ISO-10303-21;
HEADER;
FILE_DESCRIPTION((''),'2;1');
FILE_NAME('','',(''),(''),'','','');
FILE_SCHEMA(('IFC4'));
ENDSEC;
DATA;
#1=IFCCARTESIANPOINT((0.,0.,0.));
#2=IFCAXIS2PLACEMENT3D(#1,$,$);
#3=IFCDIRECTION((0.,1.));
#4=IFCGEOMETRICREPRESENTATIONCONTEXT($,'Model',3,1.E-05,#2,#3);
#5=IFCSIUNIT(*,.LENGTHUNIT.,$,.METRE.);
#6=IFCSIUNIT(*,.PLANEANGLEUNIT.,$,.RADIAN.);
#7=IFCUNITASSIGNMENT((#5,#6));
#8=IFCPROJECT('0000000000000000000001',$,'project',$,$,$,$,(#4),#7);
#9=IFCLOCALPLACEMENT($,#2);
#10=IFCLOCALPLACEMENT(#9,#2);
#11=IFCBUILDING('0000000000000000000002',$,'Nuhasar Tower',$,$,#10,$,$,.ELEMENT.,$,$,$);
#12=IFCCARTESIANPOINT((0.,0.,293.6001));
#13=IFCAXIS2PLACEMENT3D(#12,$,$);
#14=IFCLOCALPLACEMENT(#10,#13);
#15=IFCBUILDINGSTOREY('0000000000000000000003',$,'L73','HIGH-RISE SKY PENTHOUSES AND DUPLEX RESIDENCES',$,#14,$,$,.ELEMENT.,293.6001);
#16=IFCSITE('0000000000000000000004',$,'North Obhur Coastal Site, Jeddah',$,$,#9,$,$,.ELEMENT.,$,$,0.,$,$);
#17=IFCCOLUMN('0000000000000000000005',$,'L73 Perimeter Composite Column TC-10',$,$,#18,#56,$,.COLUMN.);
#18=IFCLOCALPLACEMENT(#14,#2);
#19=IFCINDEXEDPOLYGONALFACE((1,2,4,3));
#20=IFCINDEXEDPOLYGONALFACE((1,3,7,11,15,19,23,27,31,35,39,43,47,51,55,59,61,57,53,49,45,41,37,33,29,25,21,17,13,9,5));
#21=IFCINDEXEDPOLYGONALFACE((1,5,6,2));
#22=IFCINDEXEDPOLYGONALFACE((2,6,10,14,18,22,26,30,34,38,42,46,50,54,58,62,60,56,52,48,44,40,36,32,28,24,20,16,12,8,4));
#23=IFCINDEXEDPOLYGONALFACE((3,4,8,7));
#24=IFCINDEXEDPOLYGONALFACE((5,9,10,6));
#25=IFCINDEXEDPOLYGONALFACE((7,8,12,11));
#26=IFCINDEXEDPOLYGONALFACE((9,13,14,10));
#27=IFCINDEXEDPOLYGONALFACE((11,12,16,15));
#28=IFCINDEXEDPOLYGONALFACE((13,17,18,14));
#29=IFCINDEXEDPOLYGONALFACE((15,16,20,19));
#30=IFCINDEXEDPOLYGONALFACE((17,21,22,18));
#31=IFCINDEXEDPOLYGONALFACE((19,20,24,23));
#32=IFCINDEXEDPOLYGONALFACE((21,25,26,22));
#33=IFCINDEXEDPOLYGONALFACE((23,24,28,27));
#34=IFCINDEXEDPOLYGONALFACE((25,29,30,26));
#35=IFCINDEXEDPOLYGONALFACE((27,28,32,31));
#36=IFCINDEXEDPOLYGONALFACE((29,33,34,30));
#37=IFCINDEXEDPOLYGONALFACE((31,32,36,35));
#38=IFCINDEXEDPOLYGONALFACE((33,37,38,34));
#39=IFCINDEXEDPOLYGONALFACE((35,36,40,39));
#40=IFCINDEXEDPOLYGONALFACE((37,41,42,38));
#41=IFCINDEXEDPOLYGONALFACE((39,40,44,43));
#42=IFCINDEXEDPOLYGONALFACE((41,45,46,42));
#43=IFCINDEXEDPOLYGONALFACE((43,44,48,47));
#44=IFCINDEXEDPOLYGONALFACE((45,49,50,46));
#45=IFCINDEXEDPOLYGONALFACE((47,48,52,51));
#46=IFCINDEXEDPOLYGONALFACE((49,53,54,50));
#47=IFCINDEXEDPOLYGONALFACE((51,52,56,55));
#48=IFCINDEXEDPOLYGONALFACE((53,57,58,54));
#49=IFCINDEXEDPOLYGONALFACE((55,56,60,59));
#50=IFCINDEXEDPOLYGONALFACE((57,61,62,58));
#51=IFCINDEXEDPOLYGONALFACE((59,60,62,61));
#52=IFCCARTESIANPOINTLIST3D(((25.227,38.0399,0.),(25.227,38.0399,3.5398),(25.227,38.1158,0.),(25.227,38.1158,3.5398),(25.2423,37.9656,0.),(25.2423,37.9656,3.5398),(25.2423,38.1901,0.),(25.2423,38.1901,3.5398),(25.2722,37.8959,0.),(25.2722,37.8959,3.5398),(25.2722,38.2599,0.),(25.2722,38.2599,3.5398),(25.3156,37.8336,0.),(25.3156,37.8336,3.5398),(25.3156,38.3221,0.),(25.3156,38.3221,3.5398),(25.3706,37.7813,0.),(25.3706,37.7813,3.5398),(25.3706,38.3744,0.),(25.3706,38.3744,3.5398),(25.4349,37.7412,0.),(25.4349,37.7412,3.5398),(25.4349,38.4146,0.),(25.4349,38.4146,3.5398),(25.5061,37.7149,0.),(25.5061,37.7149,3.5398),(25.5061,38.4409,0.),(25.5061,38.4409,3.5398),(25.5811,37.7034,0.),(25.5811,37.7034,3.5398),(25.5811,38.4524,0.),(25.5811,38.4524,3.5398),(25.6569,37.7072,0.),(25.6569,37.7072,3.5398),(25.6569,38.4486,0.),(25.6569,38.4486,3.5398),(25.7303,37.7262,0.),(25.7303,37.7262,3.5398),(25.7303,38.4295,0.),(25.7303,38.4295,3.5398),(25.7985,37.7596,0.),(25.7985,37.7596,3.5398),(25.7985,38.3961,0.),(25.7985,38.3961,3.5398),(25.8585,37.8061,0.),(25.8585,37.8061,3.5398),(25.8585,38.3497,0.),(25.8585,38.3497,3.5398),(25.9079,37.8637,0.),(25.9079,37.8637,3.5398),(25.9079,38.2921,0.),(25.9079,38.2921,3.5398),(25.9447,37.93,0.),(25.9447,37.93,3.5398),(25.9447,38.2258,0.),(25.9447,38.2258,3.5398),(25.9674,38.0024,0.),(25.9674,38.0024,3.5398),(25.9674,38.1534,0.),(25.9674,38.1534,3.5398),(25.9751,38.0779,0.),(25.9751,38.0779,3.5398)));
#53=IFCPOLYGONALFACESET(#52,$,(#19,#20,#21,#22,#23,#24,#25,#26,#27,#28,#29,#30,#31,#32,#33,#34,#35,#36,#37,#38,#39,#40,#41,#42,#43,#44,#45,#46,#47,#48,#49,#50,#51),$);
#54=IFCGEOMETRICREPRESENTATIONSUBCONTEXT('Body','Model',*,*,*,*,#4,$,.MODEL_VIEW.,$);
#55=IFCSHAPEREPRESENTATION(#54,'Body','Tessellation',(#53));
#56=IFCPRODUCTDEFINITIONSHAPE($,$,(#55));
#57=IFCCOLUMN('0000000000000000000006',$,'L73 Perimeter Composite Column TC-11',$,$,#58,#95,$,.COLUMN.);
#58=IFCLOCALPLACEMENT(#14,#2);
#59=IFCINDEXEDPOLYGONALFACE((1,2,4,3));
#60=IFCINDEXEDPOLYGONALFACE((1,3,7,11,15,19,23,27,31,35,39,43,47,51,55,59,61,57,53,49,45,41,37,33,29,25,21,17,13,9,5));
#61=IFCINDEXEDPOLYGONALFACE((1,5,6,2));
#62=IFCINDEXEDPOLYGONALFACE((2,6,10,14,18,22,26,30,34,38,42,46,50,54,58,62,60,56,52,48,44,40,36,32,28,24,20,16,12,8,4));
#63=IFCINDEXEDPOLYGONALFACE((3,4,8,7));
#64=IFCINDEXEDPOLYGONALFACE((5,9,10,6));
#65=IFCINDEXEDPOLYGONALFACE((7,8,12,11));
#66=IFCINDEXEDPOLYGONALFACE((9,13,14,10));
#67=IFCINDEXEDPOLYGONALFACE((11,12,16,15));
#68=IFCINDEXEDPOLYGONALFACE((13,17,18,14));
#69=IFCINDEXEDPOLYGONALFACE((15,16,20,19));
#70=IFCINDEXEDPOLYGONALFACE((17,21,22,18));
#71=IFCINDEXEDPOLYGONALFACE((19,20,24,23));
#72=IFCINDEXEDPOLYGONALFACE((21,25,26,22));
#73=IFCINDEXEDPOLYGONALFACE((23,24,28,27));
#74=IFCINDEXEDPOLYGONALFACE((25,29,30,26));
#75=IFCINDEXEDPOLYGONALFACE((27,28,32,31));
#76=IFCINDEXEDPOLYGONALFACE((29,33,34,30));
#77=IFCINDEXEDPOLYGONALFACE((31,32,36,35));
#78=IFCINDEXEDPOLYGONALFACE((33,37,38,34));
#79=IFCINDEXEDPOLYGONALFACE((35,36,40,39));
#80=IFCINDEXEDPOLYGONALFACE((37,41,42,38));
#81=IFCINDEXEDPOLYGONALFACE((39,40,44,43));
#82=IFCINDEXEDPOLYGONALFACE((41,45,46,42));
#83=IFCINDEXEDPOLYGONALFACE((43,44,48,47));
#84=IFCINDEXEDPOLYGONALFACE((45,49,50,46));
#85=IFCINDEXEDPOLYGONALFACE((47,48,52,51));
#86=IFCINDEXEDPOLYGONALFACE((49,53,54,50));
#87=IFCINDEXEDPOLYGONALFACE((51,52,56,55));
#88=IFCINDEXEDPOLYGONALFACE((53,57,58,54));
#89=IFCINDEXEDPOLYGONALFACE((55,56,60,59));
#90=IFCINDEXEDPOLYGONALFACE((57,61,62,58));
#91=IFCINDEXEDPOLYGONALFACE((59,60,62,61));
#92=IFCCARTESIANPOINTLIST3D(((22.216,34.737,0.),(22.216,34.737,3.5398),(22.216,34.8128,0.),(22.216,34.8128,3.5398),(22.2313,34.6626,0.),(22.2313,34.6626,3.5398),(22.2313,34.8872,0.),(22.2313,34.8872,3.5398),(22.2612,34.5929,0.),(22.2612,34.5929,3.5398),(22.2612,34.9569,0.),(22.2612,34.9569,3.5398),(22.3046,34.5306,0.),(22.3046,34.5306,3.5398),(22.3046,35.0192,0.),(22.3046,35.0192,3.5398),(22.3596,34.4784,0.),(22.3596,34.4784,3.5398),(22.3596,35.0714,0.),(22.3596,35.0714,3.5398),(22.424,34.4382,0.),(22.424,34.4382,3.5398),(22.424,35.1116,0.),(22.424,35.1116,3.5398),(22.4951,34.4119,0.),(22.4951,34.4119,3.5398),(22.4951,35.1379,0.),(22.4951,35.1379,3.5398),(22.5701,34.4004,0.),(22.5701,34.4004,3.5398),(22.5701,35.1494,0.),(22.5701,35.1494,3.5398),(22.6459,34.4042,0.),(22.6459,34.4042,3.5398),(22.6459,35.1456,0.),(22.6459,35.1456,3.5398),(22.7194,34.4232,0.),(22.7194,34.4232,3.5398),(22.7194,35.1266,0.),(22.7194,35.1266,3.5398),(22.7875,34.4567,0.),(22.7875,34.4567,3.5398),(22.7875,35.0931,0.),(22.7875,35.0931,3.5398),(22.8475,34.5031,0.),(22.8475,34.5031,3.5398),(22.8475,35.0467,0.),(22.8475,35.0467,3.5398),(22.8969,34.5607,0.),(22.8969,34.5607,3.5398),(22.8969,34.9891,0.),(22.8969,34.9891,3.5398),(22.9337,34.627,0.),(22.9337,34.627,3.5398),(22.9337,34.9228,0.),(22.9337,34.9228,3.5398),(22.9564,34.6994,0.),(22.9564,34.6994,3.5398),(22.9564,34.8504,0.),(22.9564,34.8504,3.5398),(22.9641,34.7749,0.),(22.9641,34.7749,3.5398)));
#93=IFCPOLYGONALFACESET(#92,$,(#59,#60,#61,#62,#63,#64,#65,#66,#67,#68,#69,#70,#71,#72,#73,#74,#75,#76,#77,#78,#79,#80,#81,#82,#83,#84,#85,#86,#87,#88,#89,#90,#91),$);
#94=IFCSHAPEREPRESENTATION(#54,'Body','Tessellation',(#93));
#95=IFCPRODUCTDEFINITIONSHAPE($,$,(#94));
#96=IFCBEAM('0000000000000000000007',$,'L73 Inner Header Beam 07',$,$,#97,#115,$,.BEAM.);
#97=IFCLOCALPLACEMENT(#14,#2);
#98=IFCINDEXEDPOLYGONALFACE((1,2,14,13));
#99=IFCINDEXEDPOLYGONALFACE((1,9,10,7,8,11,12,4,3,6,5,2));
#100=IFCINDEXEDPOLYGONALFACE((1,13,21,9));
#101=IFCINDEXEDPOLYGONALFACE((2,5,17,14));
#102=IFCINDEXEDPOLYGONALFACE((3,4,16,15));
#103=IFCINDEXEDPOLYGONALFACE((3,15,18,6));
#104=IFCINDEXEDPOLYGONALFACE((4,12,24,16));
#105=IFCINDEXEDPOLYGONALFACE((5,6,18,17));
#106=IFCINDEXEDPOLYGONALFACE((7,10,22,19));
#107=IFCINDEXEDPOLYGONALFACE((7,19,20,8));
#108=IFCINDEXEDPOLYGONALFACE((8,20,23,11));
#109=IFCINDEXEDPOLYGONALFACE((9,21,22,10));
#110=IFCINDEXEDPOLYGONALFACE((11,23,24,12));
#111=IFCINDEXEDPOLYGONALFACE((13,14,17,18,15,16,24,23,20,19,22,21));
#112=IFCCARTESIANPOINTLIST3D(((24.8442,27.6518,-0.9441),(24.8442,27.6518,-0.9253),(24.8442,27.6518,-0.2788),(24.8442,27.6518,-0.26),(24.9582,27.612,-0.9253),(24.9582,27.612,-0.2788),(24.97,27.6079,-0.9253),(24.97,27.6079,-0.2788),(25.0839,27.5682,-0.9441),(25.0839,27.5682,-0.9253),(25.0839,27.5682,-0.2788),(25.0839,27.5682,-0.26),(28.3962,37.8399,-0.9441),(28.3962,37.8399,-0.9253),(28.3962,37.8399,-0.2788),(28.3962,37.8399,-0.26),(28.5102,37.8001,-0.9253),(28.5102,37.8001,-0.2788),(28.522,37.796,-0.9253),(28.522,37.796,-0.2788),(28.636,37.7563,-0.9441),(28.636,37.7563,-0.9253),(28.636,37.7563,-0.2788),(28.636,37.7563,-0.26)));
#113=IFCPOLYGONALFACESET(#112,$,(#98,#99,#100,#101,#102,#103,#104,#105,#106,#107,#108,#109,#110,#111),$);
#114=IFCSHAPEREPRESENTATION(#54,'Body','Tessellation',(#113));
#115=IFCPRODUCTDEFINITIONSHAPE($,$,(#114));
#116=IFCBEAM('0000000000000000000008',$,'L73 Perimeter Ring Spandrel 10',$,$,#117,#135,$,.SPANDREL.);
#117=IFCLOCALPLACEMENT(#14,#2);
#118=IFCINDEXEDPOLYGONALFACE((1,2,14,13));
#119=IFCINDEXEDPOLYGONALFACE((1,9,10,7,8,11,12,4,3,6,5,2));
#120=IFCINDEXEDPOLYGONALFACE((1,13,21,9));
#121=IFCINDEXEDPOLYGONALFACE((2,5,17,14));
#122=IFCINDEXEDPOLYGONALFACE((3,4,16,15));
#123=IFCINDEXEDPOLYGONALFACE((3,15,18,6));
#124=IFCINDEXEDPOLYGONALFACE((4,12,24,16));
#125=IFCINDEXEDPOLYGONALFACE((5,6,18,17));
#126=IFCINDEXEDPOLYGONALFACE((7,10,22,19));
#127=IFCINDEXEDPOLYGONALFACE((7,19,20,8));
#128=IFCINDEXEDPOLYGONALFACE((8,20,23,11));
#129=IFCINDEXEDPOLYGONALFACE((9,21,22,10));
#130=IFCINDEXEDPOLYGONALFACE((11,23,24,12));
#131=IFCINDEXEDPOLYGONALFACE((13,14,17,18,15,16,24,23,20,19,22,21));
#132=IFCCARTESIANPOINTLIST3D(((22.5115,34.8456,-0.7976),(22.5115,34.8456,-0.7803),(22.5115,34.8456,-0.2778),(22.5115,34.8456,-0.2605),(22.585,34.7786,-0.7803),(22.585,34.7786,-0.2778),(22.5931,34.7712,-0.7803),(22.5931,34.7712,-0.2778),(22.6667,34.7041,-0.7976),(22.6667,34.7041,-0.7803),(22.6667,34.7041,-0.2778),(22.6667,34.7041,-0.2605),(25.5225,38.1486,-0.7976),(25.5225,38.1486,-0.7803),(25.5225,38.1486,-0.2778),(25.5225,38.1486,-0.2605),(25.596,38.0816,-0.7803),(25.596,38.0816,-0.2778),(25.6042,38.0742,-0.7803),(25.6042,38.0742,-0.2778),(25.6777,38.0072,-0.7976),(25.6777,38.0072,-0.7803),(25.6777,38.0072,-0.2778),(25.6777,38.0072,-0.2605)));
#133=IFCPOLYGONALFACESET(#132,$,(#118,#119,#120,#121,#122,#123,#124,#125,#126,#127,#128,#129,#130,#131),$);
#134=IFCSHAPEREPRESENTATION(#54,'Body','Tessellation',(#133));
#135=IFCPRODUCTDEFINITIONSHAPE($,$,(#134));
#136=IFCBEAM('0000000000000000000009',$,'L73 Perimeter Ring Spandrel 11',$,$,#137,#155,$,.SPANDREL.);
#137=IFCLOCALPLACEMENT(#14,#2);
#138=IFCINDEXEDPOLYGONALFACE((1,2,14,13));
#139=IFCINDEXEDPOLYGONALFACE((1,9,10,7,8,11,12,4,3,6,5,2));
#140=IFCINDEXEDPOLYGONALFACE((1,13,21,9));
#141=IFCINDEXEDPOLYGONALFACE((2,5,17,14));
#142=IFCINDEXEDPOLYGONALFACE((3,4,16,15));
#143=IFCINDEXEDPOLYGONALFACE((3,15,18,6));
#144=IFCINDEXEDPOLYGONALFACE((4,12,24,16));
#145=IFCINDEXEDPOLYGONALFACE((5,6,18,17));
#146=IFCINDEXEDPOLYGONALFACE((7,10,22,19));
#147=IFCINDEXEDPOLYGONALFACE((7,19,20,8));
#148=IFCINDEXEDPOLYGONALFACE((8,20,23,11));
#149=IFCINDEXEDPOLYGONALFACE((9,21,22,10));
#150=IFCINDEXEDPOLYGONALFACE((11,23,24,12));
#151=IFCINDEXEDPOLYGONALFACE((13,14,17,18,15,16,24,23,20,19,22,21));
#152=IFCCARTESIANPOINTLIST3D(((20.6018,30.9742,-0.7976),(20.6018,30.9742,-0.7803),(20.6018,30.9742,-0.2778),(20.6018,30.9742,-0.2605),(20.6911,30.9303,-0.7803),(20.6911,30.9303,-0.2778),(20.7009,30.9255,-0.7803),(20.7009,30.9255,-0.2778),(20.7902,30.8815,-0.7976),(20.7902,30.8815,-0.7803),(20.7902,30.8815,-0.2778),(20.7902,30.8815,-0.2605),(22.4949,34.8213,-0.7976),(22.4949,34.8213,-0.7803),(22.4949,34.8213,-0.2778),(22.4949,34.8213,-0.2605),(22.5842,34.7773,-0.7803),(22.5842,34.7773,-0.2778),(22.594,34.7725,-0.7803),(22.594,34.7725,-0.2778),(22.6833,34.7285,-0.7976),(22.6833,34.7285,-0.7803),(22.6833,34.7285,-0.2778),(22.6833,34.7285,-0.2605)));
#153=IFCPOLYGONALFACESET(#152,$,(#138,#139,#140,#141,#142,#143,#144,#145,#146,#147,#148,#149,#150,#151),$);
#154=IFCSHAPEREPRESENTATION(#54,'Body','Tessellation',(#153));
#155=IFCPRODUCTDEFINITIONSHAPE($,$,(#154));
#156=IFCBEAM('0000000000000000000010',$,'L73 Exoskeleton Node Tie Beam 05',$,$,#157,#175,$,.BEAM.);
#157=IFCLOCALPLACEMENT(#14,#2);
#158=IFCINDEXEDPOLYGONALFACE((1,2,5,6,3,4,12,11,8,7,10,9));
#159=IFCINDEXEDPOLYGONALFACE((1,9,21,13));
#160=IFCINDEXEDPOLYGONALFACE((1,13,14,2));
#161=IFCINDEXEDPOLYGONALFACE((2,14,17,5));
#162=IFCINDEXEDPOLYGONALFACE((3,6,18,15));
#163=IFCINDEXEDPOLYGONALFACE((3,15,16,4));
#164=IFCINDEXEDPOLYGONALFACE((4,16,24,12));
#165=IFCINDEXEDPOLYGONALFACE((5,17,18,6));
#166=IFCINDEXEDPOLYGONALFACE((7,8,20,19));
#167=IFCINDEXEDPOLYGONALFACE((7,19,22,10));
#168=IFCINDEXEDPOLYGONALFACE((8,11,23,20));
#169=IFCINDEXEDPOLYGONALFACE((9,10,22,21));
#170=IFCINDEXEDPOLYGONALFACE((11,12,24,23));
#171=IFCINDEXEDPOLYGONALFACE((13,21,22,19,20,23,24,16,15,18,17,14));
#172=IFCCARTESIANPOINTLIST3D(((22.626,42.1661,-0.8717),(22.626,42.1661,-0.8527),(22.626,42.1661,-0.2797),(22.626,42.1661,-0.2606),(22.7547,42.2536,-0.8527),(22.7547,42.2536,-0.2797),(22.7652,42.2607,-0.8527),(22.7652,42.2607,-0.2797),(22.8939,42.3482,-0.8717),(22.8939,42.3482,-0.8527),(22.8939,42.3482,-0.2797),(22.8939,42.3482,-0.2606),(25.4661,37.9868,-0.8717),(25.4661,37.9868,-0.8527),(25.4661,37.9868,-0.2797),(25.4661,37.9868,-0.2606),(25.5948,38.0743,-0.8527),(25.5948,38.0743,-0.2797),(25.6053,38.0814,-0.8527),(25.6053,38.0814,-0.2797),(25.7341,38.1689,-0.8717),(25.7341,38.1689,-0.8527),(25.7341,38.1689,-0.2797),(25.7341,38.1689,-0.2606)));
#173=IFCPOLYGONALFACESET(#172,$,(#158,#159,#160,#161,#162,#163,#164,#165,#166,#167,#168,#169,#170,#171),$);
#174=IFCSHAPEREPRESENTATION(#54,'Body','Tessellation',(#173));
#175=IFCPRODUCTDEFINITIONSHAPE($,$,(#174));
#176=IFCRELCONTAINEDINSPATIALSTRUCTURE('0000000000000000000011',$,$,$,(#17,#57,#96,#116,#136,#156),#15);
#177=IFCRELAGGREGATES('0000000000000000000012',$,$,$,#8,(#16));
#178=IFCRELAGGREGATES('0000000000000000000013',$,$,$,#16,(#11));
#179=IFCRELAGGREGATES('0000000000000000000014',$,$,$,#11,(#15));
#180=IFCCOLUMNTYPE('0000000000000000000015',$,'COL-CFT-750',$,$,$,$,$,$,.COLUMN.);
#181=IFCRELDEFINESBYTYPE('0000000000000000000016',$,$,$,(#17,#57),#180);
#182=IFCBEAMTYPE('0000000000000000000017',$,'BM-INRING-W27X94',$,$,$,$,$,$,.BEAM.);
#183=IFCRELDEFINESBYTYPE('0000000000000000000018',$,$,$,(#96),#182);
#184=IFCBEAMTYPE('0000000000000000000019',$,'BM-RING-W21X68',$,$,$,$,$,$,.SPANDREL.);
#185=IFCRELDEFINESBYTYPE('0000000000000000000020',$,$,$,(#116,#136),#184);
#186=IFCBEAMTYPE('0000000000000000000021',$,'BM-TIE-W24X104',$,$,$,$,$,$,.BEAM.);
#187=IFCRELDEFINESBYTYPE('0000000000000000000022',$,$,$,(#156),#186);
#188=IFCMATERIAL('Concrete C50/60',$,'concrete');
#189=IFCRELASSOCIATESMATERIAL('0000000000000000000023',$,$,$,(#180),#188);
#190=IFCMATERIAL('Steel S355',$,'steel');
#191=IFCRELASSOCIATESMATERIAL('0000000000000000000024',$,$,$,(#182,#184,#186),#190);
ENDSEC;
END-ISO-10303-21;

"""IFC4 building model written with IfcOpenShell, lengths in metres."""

from ifc_helpers import new_model, si_unit, direction, frame, origin, origin_2d, place, context, subcontext, project, spatial, circle, i_section, extrude, material, material_profile, profile_set, type_object, element, save


model = new_model("IFC4")

# Units and contexts
model_context = context("Model", 3, precision=1e-05, world=origin(), true_north=direction((0.0, 1.0)))
body_context = subcontext(model_context, "Body", "Model", "MODEL_VIEW")
ifc_project = project(units=[si_unit("LENGTHUNIT", "METRE"), si_unit("PLANEANGLEUNIT", "RADIAN")], contexts=[model_context])

# Site, building, storey
site_placement = place(None, origin())
site = spatial("IfcSite", under=ifc_project, at=site_placement, Name="North Obhur Coastal Site, Jeddah", CompositionType="ELEMENT", RefElevation=0.0)
building_placement = place(site_placement, origin())
building = spatial("IfcBuilding", under=site, at=building_placement, Name="Nuhasar Tower", CompositionType="ELEMENT")
storey_placement = place(building_placement, frame((0.0, 0.0, 293.6001)))
storey = spatial("IfcBuildingStorey", under=building, at=storey_placement, Name="L73", Description="HIGH-RISE SKY PENTHOUSES AND DUPLEX RESIDENCES", CompositionType="ELEMENT", Elevation=293.6001)

# Columns
ifc_material_1 = material(Name="Concrete C50/60", Category="concrete")
ifc_material_profile_1 = material_profile(ifc_material_1, circle(Radius=0.375, at=origin_2d()), Name="CFT750")
ifc_profile_set_1 = profile_set([ifc_material_profile_1], Name="Concrete C50/60")
column_type = type_object("IfcColumnType", Name="COL-CFT-750", PredefinedType="COLUMN", material=ifc_profile_set_1)
for number, where, z_axis, x_axis, name in (
    (1, (25.6001, 38.0779, 0.0), (0.0, 0.0, 1.0), (1.0, 0.0, 0.0), "L73 Perimeter Composite Column TC-10"),
    (2, (22.5891, 34.7749, 0.0), (0.0, 0.0, 1.0), (1.0, 0.0, 0.0), "L73 Perimeter Composite Column TC-11"),
):
    element("IfcColumn", number, at=place(storey_placement, frame(where, z_axis=z_axis, x_axis=x_axis)), inside=storey, type_object=column_type, Name=name, PredefinedType="COLUMN", context=body_context, shape_type="SweptSolid", body=[
        extrude(circle(Radius=0.375, at=origin_2d()), origin(), (0.0, 0.0, 1.0), 3.5398),
    ])

# Beams
ifc_material_2 = material(Name="Steel S355", Category="steel")
ifc_material_profile_2 = material_profile(ifc_material_2, i_section(OverallWidth=0.2539, OverallDepth=0.6841, WebThickness=0.0125, FlangeThickness=0.0188, at=origin_2d()), Name="W27X94")
ifc_profile_set_2 = profile_set([ifc_material_profile_2], Name="Steel S355")
beam_type_1 = type_object("IfcBeamType", Name="BM-INRING-W27X94", PredefinedType="BEAM", material=ifc_profile_set_2)
beam_1_placement = place(storey_placement, frame((28.5161, 37.7981, -0.6021), z_axis=(-0.329211, -0.944256, 0.0), x_axis=(0.944256, -0.329211, 0.0)))
element("IfcBeam", 3, at=beam_1_placement, inside=storey, type_object=beam_type_1, Name="L73 Inner Header Beam 07", PredefinedType="BEAM", context=body_context, shape_type="SweptSolid", body=[
    extrude(i_section(OverallWidth=0.2539, OverallDepth=0.6841, WebThickness=0.0125, FlangeThickness=0.0188, at=origin_2d()), origin(), (0.0, 0.0, 1.0), 10.7896),
])
ifc_material_profile_3 = material_profile(ifc_material_2, i_section(OverallWidth=0.21, OverallDepth=0.5371, WebThickness=0.011, FlangeThickness=0.0173, at=origin_2d()), Name="W21X68")
ifc_profile_set_3 = profile_set([ifc_material_profile_3], Name="Steel S355")
beam_type_2 = type_object("IfcBeamType", Name="BM-RING-W21X68", PredefinedType="SPANDREL", material=ifc_profile_set_3)
beam_2_placement = place(storey_placement, frame((25.6001, 38.0779, -0.5291), z_axis=(-0.673686, -0.739017, 0.0), x_axis=(0.739017, -0.673686, 0.0)))
element("IfcBeam", 4, at=beam_2_placement, inside=storey, type_object=beam_type_2, Name="L73 Perimeter Ring Spandrel 10", PredefinedType="SPANDREL", context=body_context, shape_type="SweptSolid", body=[
    extrude(i_section(OverallWidth=0.21, OverallDepth=0.5371, WebThickness=0.011, FlangeThickness=0.0173, at=origin_2d()), origin(), (0.0, 0.0, 1.0), 4.4695),
])
beam_3_placement = place(storey_placement, frame((22.5891, 34.7749, -0.5291), z_axis=(-0.441533, -0.897245, 0.0), x_axis=(0.897245, -0.441533, 0.0)))
element("IfcBeam", 5, at=beam_3_placement, inside=storey, type_object=beam_type_2, Name="L73 Perimeter Ring Spandrel 11", PredefinedType="SPANDREL", context=body_context, shape_type="SweptSolid", body=[
    extrude(i_section(OverallWidth=0.21, OverallDepth=0.5371, WebThickness=0.011, FlangeThickness=0.0173, at=origin_2d()), origin(), (0.0, 0.0, 1.0), 4.2876),
])
ifc_material_profile_4 = material_profile(ifc_material_2, i_section(OverallWidth=0.324, OverallDepth=0.6111, WebThickness=0.0127, FlangeThickness=0.019, at=origin_2d()), Name="W24X104")
ifc_profile_set_4 = profile_set([ifc_material_profile_4], Name="Steel S355")
beam_type_3 = type_object("IfcBeamType", Name="BM-TIE-W24X104", PredefinedType="BEAM", material=ifc_profile_set_4)
beam_4_placement = place(storey_placement, frame((25.6001, 38.0779, -0.5662), z_axis=(-0.562071, 0.827089, 0.0), x_axis=(-0.827089, -0.562071, 0.0)))
element("IfcBeam", 6, at=beam_4_placement, inside=storey, type_object=beam_type_3, Name="L73 Exoskeleton Node Tie Beam 05", PredefinedType="BEAM", context=body_context, shape_type="SweptSolid", body=[
    extrude(i_section(OverallWidth=0.324, OverallDepth=0.6111, WebThickness=0.0127, FlangeThickness=0.019, at=origin_2d()), origin(), (0.0, 0.0, 1.0), 5.053),
])

save(model, "model.ifc")
